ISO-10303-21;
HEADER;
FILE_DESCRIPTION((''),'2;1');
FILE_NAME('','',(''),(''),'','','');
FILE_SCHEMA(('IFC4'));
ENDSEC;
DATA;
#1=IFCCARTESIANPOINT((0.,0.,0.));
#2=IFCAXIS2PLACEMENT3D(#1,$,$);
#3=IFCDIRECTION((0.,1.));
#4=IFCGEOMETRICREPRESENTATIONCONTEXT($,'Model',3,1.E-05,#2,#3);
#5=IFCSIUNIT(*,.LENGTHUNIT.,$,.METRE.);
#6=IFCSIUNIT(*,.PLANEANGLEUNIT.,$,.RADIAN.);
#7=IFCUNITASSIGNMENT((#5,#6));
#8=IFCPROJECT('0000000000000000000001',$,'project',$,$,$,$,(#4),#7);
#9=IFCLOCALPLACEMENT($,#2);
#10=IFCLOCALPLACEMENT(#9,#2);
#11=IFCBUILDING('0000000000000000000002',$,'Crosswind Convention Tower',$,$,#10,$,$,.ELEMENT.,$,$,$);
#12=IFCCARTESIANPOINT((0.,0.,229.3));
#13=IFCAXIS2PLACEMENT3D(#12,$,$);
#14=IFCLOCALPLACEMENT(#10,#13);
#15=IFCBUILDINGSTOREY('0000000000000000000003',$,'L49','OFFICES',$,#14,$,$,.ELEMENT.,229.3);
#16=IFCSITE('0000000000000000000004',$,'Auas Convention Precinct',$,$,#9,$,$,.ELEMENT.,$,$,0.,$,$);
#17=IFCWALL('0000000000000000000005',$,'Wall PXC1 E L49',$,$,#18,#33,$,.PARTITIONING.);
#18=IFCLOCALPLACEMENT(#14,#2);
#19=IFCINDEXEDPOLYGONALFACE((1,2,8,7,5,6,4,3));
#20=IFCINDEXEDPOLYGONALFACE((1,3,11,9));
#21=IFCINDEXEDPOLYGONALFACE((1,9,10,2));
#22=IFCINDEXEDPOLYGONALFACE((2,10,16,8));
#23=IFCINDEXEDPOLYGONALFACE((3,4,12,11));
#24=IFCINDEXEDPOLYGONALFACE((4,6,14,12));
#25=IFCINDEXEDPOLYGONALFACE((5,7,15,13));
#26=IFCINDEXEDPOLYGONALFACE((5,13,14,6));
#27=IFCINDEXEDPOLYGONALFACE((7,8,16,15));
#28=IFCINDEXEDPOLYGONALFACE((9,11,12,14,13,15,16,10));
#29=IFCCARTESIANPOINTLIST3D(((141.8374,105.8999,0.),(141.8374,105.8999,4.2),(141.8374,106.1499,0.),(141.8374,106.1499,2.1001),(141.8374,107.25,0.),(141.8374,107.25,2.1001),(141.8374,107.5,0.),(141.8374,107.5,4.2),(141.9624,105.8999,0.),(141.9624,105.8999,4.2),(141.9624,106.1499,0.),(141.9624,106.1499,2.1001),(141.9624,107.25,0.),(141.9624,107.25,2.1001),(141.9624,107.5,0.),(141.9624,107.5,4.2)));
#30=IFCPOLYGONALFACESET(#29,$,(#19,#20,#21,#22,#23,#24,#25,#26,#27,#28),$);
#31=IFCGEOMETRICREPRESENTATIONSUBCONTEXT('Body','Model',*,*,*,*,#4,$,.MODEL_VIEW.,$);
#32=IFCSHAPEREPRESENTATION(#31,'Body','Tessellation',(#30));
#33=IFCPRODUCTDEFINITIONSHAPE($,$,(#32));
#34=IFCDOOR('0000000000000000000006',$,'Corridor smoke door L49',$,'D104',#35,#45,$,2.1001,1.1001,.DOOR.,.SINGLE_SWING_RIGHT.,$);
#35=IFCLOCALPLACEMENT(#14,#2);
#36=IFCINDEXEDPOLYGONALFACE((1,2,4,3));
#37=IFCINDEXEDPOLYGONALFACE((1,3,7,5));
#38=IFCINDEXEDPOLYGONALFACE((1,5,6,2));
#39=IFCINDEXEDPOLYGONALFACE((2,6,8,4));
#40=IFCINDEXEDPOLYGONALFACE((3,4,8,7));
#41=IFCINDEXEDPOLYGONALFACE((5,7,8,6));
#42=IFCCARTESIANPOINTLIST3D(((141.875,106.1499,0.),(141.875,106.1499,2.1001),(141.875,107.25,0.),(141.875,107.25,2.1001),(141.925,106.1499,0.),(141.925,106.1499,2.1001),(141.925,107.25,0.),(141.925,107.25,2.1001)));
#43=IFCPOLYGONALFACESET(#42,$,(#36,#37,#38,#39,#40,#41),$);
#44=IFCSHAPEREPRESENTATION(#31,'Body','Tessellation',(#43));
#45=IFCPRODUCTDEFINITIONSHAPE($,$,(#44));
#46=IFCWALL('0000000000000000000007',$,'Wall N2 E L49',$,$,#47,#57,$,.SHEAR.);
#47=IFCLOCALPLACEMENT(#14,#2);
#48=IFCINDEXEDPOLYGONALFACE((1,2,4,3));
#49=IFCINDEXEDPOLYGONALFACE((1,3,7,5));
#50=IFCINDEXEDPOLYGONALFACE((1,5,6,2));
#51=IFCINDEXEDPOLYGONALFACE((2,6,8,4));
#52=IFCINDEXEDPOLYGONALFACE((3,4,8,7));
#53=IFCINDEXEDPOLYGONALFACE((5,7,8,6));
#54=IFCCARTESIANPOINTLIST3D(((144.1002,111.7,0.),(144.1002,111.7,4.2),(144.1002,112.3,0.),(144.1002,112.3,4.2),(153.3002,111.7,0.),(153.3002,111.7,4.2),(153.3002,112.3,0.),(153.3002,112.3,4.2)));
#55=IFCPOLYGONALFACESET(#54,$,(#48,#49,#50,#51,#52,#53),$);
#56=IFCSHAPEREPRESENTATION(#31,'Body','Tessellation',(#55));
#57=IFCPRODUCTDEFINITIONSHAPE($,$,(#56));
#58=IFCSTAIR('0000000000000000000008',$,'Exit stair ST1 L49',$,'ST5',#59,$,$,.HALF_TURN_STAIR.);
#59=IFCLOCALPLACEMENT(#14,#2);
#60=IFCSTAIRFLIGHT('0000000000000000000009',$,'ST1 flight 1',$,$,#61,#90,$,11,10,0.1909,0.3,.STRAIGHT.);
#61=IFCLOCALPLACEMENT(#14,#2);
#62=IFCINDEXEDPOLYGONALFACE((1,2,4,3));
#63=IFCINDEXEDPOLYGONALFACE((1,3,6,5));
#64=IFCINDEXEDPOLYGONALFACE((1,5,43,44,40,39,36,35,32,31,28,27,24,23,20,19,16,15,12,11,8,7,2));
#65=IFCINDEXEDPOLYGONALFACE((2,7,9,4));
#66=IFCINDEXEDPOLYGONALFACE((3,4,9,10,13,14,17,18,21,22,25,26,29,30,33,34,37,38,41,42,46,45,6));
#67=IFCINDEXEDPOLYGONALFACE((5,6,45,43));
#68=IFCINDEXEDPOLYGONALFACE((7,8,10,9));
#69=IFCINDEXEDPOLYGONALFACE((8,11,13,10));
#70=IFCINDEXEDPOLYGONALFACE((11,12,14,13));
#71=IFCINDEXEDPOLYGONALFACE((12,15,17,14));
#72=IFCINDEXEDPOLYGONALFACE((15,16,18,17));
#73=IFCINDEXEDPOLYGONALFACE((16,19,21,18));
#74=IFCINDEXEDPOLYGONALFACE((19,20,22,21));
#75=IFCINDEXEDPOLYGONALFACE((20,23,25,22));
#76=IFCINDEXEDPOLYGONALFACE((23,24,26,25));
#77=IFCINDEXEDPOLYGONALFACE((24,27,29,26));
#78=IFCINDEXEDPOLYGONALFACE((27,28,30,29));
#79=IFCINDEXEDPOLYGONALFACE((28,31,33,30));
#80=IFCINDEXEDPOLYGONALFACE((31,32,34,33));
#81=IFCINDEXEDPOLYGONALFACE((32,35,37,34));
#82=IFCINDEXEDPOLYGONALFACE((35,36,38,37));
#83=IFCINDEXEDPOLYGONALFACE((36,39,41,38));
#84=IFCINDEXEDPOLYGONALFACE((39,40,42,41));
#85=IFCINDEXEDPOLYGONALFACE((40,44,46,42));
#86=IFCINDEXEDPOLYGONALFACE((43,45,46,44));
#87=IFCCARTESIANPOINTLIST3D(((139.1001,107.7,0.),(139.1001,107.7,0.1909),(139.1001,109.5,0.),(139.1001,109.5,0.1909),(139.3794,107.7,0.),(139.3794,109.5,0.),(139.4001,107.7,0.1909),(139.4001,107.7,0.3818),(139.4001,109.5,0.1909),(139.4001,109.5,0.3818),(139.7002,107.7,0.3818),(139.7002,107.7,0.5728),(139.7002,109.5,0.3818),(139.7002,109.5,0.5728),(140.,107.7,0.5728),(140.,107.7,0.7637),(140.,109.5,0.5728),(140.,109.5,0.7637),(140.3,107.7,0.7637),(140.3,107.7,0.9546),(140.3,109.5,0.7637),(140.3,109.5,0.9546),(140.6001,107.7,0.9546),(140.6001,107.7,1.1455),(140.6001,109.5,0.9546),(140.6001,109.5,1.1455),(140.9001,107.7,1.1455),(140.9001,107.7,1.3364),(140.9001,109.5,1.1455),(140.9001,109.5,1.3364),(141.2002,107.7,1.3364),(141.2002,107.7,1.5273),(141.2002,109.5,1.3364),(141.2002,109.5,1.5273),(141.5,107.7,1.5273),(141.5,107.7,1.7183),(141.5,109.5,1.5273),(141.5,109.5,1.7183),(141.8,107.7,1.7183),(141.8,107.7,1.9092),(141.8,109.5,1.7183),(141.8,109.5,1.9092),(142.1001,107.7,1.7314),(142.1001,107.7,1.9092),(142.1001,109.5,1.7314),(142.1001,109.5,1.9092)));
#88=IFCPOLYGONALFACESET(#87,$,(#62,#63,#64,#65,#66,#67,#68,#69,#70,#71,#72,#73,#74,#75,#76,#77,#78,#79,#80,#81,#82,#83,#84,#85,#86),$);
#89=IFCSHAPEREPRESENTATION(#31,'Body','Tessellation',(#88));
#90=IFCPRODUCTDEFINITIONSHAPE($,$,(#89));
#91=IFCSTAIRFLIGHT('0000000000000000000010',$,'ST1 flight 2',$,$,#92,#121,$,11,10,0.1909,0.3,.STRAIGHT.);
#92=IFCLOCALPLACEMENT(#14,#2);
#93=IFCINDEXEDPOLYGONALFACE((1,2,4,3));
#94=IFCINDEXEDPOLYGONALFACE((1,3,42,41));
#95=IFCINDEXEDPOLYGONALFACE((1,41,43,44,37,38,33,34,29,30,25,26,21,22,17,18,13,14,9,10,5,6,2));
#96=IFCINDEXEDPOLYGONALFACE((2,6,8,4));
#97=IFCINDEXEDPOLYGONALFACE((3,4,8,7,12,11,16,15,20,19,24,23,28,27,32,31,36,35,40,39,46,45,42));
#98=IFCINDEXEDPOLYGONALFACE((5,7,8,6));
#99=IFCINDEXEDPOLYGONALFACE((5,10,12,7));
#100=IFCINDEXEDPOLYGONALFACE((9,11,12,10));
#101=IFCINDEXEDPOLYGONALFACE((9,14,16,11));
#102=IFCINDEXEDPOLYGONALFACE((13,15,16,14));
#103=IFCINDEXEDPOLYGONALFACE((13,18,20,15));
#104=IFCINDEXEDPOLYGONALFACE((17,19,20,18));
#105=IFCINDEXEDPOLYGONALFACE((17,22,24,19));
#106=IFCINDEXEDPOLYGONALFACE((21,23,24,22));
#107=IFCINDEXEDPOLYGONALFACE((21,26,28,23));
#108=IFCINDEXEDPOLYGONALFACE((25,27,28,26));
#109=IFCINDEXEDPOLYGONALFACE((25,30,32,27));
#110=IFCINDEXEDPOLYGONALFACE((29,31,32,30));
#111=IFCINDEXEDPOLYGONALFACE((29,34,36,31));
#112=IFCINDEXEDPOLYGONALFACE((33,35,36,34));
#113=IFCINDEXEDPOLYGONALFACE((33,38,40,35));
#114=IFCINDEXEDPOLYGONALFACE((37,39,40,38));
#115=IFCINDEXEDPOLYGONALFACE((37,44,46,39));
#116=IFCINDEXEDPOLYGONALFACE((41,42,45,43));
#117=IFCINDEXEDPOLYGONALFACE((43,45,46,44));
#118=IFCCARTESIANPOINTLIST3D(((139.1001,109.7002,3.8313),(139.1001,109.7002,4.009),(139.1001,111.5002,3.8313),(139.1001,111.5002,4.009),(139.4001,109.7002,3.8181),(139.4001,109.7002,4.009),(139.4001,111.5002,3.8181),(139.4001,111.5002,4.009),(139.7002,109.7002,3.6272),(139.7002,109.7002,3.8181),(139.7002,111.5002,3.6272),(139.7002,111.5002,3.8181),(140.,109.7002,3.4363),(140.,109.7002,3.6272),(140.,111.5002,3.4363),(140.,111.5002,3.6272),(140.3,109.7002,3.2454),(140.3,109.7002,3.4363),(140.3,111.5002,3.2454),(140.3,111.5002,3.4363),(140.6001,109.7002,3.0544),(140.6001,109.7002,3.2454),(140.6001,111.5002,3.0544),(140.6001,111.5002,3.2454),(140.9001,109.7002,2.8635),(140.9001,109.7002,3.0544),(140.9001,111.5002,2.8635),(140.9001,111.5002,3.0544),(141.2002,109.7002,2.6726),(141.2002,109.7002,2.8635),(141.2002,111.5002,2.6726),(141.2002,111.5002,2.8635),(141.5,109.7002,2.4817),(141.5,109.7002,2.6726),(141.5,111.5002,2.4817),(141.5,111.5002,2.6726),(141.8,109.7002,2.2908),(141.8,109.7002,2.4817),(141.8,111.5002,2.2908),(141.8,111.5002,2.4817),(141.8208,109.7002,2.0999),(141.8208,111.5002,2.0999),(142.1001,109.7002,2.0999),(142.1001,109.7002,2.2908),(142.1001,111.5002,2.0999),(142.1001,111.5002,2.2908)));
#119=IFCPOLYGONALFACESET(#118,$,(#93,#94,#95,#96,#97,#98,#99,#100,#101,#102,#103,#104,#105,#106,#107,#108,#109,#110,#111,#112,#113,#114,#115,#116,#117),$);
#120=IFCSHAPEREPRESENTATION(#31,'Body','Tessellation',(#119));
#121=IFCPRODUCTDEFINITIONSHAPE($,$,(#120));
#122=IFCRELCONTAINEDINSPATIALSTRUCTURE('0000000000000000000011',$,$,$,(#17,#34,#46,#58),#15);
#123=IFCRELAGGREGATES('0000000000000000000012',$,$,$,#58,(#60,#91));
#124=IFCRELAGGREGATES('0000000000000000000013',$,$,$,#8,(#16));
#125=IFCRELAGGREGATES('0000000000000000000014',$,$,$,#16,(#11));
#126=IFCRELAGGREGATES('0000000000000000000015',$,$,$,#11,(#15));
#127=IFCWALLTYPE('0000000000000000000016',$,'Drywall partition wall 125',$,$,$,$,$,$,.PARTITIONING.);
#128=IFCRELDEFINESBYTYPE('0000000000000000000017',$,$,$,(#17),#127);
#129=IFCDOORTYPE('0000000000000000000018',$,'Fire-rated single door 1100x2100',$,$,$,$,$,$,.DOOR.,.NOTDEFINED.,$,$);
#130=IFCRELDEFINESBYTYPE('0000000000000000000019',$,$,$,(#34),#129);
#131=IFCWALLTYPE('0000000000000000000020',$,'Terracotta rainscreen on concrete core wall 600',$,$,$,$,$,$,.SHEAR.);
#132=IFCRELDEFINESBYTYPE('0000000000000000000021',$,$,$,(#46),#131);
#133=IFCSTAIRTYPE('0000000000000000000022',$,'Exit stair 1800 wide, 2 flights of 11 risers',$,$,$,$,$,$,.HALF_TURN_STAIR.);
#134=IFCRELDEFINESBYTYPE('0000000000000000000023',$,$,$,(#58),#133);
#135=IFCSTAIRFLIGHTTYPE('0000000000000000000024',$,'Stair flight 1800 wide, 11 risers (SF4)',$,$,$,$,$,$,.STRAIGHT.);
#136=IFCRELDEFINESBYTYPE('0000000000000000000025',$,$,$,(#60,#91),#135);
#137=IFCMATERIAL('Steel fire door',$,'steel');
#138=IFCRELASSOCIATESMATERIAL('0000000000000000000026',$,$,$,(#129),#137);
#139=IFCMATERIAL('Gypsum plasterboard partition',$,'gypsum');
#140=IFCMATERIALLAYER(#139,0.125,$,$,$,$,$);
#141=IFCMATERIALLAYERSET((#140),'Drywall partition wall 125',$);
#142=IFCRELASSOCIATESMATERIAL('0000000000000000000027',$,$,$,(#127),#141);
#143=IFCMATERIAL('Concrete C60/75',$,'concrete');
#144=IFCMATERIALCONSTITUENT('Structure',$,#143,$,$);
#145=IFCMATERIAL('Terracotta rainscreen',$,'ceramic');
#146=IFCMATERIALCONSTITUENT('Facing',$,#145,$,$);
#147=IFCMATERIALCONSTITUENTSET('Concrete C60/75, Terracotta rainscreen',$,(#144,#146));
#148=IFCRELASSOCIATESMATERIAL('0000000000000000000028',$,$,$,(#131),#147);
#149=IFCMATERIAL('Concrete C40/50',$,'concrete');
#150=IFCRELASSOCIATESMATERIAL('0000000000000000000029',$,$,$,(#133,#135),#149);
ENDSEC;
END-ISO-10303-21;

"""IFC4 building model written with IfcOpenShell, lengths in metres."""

from ifc_helpers import new_model, si_unit, direction, frame, frame_2d, origin, place, context, subcontext, project, spatial, polyline, rectangle, outline, extrude, material, layer, layer_set, constituent, constituent_set, type_object, element, fill, aggregate, save


model = new_model("IFC4")

# Units and contexts
model_context = context("Model", 3, precision=1e-05, world=origin(), true_north=direction((0.0, 1.0)))
body_context = subcontext(model_context, "Body", "Model", "MODEL_VIEW")
ifc_project = project(units=[si_unit("LENGTHUNIT", "METRE"), si_unit("PLANEANGLEUNIT", "RADIAN")], contexts=[model_context])

# Site, building, storey
site_placement = place(None, origin())
site = spatial("IfcSite", under=ifc_project, at=site_placement, Name="Auas Convention Precinct", CompositionType="ELEMENT", RefElevation=0.0)
building_placement = place(site_placement, origin())
building = spatial("IfcBuilding", under=site, at=building_placement, Name="Crosswind Convention Tower", CompositionType="ELEMENT")
storey_placement = place(building_placement, frame((0.0, 0.0, 229.3)))
storey = spatial("IfcBuildingStorey", under=building, at=storey_placement, Name="L49", Description="OFFICES", CompositionType="ELEMENT", Elevation=229.3)

# Shared definitions
ifc_material_1 = material(Name="Steel fire door", Category="steel")
door_type_1 = type_object("IfcDoorType", Name="Fire-rated single door 1100x2100", OperationType="NOTDEFINED", PredefinedType="DOOR", material=ifc_material_1)

# Shared definitions
ifc_material_2 = material(Name="Gypsum plasterboard partition", Category="gypsum")
ifc_layer_1 = layer(ifc_material_2, 0.125)
ifc_layer_set_1 = layer_set([ifc_layer_1], Name="Drywall partition wall 125")
wall_type_1 = type_object("IfcWallType", Name="Drywall partition wall 125", PredefinedType="PARTITIONING", material=ifc_layer_set_1)

# Wall, opening, door
wall_1_placement = place(storey_placement, frame((141.8999, 105.8999, 0.0), z_axis=(0.0, 0.0, 1.0), x_axis=(0.0, 1.0, 0.0)))
wall_1 = element("IfcWall", 1, at=wall_1_placement, inside=storey, type_object=wall_type_1, Name="Wall PXC1 E L49", PredefinedType="PARTITIONING", context=body_context, shape_type="SweptSolid", body=[
    extrude(rectangle(XDim=1.6001, YDim=0.125, at=frame_2d((0.8, 0.0))), origin(), (0.0, 0.0, 1.0), 4.2),
])
opening_1_placement = place(wall_1_placement, frame((0.25, 0.0, 0.0)))
opening_1 = element("IfcOpeningElement", 2, at=opening_1_placement, cuts=wall_1, PredefinedType="OPENING", context=body_context, shape_type="SweptSolid", body=[
    extrude(rectangle(XDim=1.1001, YDim=2.1001, at=frame_2d((0.55, 1.05))), frame((0.0, 0.0725, 0.0), z_axis=(0.0, -1.0, 0.0), x_axis=(1.0, 0.0, 0.0)), (0.0, 0.0, 1.0), 0.145),
])
door_1_placement = place(opening_1_placement, origin())
door_1 = element("IfcDoor", 3, at=door_1_placement, inside=storey, type_object=door_type_1, Name="Corridor smoke door L49", ObjectType="D104", OperationType="SINGLE_SWING_RIGHT", OverallHeight=2.1001, OverallWidth=1.1001, PredefinedType="DOOR", context=body_context, shape_type="SweptSolid", body=[
    extrude(rectangle(XDim=1.1001, YDim=2.1001, at=frame_2d((0.55, 1.05))), frame((0.0, 0.0249, 0.0), z_axis=(0.0, -1.0, 0.0), x_axis=(1.0, 0.0, 0.0)), (0.0, 0.0, 1.0), 0.05),
])
fill(opening_1, door_1)

# Wall
ifc_material_3 = material(Name="Concrete C60/75", Category="concrete")
ifc_constituent_1 = constituent(ifc_material_3, Name="Structure")
ifc_material_4 = material(Name="Terracotta rainscreen", Category="ceramic")
ifc_constituent_2 = constituent(ifc_material_4, Name="Facing")
ifc_constituent_set = constituent_set(constituents=[ifc_constituent_1, ifc_constituent_2], Name="Concrete C60/75, Terracotta rainscreen")
wall_type_2 = type_object("IfcWallType", Name="Terracotta rainscreen on concrete core wall 600", PredefinedType="SHEAR", material=ifc_constituent_set)
wall_2_placement = place(storey_placement, frame((144.1001, 112.0, 0.0), z_axis=(0.0, 0.0, 1.0), x_axis=(1.0, 0.0, 0.0)))
element("IfcWall", 4, at=wall_2_placement, inside=storey, type_object=wall_type_2, Name="Wall N2 E L49", PredefinedType="SHEAR", context=body_context, shape_type="SweptSolid", body=[
    extrude(rectangle(XDim=9.2, YDim=0.6001, at=frame_2d((4.6001, 0.0))), origin(), (0.0, 0.0, 1.0), 4.2),
])

# Stair, stair flights
ifc_material_5 = material(Name="Concrete C40/50", Category="concrete")
stair_type = type_object("IfcStairType", Name="Exit stair 1800 wide, 2 flights of 11 risers", PredefinedType="HALF_TURN_STAIR", material=ifc_material_5)
stair_placement = place(storey_placement, origin())
stair = element("IfcStair", 5, at=stair_placement, inside=storey, type_object=stair_type, Name="Exit stair ST1 L49", ObjectType="ST5", PredefinedType="HALF_TURN_STAIR")
stair_flight_type = type_object("IfcStairFlightType", Name="Stair flight 1800 wide, 11 risers (SF4)", PredefinedType="STRAIGHT", material=ifc_material_5)
stair_flight_1_placement = place(storey_placement, frame((139.1001, 108.6001, 0.0), z_axis=(0.0, 0.0, 1.0), x_axis=(1.0, 0.0, 0.0)))
stair_flight_1 = element("IfcStairFlight", 6, at=stair_flight_1_placement, type_object=stair_flight_type, Name="ST1 flight 1", NumberOfRisers=11, NumberOfTreads=10, PredefinedType="STRAIGHT", RiserHeight=0.1909, TreadLength=0.3, context=body_context, shape_type="SweptSolid", body=[
    extrude(outline(polyline([(0.0, 0.0), (0.0, 0.1909), (0.3, 0.1909), (0.3, 0.3818), (0.6001, 0.3818), (0.6001, 0.5728), (0.8999, 0.5728), (0.8999, 0.7637), (1.2, 0.7637), (1.2, 0.9546), (1.5, 0.9546), (1.5, 1.1455), (1.8, 1.1455), (1.8, 1.3364), (2.1001, 1.3364), (2.1001, 1.5273), (2.3999, 1.5273), (2.3999, 1.7183), (2.7, 1.7183), (2.7, 1.9092), (3.0, 1.9092), (3.0, 2.1001), (3.0, 1.7314), (0.2793, 0.0), (0.0, 0.0)])), frame((0.0, 0.8999, 0.0), z_axis=(0.0, -1.0, 0.0), x_axis=(1.0, 0.0, 0.0)), (0.0, 0.0, 1.0), 1.8),
])
stair_flight_2_placement = place(storey_placement, frame((142.1001, 110.6001, 2.0999), z_axis=(0.0, 0.0, 1.0), x_axis=(-1.0, 0.0, 0.0)))
stair_flight_2 = element("IfcStairFlight", 7, at=stair_flight_2_placement, type_object=stair_flight_type, Name="ST1 flight 2", NumberOfRisers=11, NumberOfTreads=10, PredefinedType="STRAIGHT", RiserHeight=0.1909, TreadLength=0.3, context=body_context, shape_type="SweptSolid", body=[
    extrude(outline(polyline([(0.0, 0.0), (0.0, 0.1909), (0.3, 0.1909), (0.3, 0.3818), (0.6001, 0.3818), (0.6001, 0.5728), (0.8999, 0.5728), (0.8999, 0.7637), (1.2, 0.7637), (1.2, 0.9546), (1.5, 0.9546), (1.5, 1.1455), (1.8, 1.1455), (1.8, 1.3364), (2.1001, 1.3364), (2.1001, 1.5273), (2.3999, 1.5273), (2.3999, 1.7183), (2.7, 1.7183), (2.7, 1.9092), (3.0, 1.9092), (3.0, 2.1001), (3.0, 1.7314), (0.2793, 0.0), (0.0, 0.0)])), frame((0.0, 0.8999, 0.0), z_axis=(0.0, -1.0, 0.0), x_axis=(1.0, 0.0, 0.0)), (0.0, 0.0, 1.0), 1.8),
])
aggregate(stair, [stair_flight_1, stair_flight_2])

save(model, "model.ifc")
